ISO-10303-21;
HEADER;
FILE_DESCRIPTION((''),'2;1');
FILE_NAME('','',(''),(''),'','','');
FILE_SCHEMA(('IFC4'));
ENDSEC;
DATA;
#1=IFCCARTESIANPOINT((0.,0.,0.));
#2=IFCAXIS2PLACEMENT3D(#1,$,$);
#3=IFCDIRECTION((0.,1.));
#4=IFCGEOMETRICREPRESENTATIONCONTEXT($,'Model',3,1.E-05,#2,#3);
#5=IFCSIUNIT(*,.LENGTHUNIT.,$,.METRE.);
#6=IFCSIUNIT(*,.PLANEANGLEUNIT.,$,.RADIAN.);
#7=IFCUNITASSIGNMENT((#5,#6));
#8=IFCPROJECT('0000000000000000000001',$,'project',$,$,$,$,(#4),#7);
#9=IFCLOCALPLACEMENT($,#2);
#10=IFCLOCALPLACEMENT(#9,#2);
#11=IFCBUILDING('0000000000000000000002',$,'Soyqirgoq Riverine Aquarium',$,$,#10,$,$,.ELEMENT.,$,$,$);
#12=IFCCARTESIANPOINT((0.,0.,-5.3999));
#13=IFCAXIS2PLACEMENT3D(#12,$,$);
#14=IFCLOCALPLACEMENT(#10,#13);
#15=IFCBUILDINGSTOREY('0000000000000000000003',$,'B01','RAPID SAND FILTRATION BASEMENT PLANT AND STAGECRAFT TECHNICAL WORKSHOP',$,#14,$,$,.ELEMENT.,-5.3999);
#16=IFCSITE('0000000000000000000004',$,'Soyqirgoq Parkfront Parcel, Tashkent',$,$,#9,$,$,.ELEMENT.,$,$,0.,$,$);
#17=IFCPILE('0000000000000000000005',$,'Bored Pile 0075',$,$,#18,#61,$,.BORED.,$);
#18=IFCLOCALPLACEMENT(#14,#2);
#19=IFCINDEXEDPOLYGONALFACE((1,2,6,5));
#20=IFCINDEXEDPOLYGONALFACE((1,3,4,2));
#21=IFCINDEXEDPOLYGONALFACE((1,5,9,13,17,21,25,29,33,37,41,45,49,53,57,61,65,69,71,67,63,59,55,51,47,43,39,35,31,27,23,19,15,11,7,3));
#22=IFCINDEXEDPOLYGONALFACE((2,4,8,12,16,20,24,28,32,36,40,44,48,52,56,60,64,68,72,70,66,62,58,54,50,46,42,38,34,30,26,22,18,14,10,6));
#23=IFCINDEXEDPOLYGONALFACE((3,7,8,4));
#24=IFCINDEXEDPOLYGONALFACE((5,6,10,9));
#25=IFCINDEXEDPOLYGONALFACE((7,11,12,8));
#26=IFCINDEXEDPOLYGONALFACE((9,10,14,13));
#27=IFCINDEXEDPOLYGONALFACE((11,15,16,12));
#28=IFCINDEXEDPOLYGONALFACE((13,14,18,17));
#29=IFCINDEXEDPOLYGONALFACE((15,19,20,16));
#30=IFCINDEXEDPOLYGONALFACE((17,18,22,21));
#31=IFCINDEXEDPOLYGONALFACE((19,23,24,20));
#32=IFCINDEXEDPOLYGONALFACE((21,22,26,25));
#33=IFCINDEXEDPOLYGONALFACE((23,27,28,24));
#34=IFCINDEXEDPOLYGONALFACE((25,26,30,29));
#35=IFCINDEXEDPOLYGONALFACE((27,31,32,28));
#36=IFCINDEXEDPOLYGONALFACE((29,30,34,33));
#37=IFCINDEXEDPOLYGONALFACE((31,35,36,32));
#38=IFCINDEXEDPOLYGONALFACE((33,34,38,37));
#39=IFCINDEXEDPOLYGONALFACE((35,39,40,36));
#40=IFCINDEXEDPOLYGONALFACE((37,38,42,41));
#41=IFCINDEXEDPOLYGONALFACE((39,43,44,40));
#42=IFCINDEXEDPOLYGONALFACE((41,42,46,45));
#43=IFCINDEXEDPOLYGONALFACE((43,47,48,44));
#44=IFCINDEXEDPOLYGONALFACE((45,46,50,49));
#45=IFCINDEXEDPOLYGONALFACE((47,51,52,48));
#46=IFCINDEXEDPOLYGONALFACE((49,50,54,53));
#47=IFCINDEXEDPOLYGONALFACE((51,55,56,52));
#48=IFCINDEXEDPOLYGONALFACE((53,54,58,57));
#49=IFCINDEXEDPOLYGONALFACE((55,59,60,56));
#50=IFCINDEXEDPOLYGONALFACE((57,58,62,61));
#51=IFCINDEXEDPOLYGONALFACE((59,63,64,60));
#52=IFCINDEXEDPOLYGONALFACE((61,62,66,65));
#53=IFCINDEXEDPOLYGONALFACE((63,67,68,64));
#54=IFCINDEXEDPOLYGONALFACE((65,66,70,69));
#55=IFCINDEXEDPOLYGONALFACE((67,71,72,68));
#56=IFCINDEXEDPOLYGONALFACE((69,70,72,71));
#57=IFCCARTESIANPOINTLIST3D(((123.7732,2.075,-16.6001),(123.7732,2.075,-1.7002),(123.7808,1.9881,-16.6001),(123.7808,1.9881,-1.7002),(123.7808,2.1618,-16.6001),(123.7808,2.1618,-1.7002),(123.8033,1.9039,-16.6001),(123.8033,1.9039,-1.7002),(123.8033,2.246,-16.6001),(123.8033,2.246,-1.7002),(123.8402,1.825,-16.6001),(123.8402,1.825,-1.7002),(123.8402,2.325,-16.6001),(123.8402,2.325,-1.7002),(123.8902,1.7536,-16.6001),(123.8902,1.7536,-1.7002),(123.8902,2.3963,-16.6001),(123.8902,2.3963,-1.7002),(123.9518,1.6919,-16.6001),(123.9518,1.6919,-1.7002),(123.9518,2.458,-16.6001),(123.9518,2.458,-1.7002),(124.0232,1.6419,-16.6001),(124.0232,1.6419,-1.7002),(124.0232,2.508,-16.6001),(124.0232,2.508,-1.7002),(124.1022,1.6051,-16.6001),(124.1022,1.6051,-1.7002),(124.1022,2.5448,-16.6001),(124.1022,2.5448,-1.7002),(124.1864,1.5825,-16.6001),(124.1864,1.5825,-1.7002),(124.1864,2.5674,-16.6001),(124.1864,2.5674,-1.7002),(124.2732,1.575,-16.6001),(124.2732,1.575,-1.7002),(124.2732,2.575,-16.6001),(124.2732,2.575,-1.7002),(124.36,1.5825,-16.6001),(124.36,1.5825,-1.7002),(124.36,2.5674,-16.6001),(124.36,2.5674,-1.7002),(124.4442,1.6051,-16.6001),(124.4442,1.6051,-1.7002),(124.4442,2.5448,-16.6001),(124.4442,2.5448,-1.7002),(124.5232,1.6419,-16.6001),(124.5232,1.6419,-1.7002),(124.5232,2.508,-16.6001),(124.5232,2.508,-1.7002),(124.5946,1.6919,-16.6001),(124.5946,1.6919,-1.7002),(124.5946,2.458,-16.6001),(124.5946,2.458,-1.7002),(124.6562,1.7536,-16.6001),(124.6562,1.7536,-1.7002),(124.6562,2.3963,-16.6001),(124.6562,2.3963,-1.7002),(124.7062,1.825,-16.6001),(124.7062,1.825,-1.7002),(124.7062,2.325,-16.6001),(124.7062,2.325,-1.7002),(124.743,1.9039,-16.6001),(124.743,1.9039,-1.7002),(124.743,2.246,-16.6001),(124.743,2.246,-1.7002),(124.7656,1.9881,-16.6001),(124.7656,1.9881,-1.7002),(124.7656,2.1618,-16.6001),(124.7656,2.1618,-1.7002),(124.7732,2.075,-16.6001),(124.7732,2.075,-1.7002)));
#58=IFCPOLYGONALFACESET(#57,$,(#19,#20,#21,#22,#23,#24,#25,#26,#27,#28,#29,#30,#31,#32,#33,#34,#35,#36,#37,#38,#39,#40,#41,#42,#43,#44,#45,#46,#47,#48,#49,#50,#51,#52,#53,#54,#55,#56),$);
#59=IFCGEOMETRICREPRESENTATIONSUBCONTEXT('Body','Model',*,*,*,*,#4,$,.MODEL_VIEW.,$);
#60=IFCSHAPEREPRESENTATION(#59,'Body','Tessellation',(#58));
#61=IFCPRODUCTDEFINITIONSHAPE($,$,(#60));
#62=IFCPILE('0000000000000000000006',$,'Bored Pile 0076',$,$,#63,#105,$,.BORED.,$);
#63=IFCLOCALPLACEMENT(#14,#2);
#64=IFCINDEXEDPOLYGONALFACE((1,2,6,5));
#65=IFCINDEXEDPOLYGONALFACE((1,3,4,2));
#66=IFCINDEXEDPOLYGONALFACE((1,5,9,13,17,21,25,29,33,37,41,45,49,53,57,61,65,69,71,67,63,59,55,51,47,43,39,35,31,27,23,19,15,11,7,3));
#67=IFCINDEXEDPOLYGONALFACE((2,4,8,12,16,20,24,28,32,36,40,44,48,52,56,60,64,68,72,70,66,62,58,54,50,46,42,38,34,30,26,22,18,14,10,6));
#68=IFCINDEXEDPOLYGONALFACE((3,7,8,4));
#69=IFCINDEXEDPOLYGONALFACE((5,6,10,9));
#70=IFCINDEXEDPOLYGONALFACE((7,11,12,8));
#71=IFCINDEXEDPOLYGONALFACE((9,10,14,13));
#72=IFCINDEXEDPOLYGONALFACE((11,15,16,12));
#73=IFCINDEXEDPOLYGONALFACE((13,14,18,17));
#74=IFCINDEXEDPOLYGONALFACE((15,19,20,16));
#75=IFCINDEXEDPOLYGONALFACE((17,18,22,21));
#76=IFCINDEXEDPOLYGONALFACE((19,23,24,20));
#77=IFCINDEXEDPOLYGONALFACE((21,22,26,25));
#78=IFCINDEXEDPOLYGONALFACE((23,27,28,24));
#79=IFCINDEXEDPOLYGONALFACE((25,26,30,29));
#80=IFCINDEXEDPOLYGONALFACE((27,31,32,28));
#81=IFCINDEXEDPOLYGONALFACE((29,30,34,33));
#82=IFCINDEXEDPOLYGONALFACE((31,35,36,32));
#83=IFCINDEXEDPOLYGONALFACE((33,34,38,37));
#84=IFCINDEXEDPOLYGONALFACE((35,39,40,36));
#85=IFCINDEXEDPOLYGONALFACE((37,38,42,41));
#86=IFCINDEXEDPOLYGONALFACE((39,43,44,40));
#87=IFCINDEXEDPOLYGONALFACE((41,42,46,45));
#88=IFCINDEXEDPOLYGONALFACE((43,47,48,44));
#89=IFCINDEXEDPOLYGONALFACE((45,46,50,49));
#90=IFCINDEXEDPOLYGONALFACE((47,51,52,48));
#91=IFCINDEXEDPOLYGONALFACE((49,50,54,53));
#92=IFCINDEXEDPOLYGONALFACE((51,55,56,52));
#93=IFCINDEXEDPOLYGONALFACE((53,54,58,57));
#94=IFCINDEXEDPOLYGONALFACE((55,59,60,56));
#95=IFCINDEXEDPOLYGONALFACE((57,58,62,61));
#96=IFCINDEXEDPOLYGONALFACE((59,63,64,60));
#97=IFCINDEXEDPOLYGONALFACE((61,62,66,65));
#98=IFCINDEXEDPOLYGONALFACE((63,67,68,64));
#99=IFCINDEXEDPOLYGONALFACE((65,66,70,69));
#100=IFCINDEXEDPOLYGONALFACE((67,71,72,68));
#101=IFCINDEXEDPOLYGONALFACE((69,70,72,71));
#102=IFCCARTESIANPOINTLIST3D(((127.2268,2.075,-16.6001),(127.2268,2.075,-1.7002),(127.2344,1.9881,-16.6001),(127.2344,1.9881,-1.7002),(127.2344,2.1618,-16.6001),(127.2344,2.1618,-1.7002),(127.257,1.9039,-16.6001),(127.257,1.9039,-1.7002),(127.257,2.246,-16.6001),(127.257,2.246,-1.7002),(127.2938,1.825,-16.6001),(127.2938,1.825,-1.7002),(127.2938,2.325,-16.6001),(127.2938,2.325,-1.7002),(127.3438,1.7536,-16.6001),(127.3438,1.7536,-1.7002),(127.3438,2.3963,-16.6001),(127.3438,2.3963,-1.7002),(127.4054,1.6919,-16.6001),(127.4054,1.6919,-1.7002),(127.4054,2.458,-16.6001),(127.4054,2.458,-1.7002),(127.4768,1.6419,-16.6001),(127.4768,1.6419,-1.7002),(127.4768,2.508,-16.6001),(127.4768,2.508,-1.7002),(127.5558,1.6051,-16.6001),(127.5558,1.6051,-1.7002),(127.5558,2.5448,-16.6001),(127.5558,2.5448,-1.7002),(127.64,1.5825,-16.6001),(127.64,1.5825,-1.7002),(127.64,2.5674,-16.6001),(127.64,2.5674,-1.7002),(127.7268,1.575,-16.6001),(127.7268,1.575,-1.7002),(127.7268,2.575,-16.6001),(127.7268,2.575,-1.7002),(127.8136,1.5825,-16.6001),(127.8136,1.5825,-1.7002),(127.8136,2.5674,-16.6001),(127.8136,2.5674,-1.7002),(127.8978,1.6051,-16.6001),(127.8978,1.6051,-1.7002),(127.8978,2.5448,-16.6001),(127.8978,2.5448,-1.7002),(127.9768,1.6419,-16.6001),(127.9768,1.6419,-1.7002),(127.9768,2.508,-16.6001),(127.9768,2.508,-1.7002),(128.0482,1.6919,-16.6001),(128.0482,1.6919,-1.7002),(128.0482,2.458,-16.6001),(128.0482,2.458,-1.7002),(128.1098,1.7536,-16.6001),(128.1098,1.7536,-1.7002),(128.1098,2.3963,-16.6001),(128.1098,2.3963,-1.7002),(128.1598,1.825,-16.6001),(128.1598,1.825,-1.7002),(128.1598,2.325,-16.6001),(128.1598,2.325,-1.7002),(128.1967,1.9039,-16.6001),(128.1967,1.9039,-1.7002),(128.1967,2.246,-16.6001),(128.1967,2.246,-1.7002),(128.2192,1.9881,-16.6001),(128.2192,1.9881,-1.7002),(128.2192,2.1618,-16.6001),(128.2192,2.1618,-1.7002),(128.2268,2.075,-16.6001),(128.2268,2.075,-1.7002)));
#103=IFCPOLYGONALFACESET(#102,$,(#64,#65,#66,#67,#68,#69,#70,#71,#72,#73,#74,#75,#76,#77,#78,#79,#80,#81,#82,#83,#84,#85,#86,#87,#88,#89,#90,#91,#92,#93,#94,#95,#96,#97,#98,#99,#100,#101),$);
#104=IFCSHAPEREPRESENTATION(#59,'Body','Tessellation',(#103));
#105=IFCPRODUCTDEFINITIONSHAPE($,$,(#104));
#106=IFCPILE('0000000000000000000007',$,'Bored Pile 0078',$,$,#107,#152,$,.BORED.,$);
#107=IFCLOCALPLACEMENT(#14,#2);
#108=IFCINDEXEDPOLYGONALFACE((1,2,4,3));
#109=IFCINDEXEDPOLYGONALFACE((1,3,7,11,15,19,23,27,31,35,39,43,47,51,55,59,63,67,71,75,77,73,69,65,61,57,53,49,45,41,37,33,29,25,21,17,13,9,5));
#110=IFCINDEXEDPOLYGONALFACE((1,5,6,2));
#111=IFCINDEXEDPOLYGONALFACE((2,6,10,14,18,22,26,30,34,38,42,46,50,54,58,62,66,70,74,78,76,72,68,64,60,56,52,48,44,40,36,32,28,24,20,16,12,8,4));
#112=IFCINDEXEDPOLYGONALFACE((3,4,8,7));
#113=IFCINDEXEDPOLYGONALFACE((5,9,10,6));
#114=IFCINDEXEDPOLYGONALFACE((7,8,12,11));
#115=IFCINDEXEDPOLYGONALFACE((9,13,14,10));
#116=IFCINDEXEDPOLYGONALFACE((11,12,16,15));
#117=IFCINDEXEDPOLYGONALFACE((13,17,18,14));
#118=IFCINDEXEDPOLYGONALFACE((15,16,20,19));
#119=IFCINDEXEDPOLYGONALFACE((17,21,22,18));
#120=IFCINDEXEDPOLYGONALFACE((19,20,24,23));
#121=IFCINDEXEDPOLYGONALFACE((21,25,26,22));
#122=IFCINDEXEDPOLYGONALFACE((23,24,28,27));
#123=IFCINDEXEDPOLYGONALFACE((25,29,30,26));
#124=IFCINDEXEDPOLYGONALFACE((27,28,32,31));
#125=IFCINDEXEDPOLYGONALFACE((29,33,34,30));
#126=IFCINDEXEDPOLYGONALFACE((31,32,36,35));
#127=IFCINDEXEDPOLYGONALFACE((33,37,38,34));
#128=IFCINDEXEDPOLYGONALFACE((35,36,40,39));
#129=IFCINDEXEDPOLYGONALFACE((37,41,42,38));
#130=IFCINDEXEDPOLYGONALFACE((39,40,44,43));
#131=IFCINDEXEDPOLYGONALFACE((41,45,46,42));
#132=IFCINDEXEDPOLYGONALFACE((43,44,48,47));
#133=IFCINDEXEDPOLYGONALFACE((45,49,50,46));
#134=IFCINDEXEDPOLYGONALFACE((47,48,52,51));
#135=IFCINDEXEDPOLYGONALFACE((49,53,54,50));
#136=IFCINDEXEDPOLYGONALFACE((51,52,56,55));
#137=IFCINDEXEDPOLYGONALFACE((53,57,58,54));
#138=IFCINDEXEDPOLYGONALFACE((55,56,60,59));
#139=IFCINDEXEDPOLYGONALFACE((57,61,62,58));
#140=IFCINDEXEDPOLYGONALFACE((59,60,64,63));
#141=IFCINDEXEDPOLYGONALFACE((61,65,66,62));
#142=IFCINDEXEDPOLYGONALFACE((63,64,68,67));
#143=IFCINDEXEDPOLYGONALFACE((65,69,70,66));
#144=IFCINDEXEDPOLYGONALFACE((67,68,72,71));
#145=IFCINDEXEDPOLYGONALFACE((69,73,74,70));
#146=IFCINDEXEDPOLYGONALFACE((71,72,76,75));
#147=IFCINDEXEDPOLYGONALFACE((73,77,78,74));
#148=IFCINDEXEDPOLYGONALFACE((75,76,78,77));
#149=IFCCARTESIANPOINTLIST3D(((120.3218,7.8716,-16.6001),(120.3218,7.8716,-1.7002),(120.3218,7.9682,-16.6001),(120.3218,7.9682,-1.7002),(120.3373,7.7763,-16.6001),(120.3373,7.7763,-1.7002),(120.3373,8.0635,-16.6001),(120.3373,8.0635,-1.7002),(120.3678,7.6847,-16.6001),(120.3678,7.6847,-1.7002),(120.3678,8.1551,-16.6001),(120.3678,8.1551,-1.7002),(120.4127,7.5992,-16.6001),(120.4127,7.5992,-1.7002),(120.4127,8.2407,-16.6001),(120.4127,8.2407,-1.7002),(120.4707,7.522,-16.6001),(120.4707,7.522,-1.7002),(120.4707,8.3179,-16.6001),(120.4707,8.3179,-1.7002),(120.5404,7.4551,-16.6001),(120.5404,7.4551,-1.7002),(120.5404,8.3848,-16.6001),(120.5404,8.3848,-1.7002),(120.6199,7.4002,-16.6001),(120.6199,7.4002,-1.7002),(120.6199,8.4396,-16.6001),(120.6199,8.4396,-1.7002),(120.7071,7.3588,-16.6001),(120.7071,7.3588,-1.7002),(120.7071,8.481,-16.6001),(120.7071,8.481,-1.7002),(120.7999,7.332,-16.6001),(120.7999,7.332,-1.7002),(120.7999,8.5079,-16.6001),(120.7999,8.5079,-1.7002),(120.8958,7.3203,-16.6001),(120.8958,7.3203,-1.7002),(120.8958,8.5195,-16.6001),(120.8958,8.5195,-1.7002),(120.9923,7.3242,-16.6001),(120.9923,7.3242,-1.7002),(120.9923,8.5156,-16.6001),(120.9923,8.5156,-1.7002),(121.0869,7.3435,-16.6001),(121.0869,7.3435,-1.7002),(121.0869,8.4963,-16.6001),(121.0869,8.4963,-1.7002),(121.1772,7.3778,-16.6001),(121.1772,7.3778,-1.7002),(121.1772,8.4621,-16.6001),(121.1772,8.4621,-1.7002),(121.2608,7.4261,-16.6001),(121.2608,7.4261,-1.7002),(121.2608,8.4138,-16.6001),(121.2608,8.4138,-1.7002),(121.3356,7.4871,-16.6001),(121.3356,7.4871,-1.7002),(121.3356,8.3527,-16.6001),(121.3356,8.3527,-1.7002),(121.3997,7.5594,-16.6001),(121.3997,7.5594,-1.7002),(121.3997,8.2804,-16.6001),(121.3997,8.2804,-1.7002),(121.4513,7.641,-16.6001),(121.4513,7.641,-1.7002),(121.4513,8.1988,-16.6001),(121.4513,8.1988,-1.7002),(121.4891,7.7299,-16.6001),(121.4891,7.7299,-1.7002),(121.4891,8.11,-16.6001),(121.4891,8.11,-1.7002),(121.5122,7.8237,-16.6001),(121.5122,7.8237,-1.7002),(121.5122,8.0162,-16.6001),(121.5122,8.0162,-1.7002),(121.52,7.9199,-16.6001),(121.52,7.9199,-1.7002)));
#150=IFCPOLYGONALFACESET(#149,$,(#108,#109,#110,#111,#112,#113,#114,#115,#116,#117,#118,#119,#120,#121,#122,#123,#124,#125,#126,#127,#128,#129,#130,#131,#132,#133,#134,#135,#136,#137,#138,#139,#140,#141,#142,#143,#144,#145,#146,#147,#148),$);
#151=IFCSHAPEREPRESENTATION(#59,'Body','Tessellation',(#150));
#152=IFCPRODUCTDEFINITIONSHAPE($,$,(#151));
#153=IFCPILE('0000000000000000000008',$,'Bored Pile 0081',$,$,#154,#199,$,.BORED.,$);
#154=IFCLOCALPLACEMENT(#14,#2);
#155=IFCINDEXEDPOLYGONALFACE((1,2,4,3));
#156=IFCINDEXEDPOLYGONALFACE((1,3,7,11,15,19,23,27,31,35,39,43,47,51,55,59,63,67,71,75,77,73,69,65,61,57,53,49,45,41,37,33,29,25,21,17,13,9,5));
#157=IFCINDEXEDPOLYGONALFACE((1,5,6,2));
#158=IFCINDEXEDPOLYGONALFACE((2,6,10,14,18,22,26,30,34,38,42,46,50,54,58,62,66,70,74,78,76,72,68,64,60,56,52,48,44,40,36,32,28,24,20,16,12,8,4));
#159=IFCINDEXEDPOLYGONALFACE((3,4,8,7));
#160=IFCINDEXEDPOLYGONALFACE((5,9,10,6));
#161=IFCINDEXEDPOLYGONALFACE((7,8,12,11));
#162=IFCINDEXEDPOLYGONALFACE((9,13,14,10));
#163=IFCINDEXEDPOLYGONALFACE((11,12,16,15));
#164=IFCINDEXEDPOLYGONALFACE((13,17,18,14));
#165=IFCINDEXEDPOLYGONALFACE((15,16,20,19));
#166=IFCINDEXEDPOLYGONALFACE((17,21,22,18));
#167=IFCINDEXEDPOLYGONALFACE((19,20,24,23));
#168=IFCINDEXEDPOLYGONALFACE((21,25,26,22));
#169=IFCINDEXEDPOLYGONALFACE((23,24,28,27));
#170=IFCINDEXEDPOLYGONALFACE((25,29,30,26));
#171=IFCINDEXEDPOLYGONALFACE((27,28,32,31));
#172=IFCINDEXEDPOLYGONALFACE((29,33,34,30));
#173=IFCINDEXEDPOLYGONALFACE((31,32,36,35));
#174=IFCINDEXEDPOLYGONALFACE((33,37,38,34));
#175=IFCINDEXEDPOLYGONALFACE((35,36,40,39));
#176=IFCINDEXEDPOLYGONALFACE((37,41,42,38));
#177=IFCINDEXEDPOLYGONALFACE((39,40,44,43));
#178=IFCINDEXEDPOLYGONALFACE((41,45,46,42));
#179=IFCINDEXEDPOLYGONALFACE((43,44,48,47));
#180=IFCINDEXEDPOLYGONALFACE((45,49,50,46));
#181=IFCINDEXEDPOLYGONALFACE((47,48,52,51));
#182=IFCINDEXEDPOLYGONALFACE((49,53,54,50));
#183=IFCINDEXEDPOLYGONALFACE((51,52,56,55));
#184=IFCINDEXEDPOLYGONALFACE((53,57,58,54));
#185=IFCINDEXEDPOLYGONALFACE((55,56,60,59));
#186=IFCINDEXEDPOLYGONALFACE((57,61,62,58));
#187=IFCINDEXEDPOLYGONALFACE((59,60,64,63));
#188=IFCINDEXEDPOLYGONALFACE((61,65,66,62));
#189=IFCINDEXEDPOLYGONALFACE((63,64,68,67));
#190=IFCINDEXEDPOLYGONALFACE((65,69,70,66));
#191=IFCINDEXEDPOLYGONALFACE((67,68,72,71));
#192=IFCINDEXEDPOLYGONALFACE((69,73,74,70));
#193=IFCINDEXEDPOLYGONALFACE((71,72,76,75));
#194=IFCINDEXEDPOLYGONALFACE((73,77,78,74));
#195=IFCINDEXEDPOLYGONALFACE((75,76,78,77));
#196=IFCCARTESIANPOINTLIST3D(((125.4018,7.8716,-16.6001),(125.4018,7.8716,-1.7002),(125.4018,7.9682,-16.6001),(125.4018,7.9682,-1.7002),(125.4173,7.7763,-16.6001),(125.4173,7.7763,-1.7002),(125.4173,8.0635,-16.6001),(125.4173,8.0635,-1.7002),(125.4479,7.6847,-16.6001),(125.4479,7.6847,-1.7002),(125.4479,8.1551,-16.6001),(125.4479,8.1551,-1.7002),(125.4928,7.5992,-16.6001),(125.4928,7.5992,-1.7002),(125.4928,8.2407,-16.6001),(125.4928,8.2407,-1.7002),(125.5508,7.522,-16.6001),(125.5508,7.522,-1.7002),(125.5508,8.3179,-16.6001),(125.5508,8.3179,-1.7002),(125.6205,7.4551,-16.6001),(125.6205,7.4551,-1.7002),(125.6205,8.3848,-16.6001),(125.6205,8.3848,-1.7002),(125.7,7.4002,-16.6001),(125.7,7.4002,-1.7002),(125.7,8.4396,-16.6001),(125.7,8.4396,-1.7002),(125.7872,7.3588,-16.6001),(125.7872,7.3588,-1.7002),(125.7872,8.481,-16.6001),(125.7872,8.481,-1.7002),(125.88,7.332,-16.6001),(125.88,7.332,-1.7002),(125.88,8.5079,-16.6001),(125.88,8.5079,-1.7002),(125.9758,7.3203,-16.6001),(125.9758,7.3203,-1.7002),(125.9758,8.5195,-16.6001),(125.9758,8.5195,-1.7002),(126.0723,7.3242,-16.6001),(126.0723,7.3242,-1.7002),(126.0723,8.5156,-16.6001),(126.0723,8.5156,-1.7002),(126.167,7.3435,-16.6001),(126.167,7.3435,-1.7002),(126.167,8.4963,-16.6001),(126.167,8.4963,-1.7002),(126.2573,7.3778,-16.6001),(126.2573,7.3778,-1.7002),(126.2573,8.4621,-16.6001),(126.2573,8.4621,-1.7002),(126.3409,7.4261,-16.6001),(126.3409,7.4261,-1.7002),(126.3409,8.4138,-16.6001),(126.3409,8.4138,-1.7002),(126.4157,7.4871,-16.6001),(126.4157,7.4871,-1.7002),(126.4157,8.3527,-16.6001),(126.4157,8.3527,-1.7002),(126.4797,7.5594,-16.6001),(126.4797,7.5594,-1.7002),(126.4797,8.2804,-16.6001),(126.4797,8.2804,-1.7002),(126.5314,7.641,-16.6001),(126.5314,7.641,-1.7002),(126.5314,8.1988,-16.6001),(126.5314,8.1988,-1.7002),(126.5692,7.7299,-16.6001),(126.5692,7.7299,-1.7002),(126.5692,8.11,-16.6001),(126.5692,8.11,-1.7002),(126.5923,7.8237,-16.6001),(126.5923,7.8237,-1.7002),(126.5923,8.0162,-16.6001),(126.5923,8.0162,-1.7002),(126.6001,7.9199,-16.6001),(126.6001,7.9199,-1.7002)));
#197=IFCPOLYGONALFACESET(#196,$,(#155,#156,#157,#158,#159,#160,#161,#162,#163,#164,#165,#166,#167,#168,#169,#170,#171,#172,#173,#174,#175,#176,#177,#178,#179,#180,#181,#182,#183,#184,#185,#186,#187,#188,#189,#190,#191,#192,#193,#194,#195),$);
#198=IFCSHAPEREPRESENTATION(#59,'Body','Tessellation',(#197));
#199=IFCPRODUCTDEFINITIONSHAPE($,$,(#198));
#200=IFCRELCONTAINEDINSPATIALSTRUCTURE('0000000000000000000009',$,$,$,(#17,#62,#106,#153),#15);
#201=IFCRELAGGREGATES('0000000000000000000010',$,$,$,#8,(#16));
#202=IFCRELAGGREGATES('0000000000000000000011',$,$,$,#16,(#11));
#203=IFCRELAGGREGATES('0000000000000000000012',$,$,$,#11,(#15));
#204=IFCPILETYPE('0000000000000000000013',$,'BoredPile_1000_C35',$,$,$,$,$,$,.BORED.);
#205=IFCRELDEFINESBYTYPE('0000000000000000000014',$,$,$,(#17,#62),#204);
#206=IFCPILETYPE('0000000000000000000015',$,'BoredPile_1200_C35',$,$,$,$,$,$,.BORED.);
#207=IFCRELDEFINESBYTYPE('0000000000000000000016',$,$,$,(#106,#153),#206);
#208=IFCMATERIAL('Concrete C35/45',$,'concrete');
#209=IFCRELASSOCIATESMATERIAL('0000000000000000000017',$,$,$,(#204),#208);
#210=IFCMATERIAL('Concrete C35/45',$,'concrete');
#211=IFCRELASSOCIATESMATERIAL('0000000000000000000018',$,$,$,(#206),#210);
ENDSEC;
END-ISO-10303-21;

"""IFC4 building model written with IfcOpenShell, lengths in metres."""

from ifc_helpers import new_model, si_unit, direction, frame, origin, origin_2d, place, context, subcontext, project, spatial, circle, extrude, material, material_profile, profile_set, type_object, element, save


model = new_model("IFC4")

# Units and contexts
model_context = context("Model", 3, precision=1e-05, world=origin(), true_north=direction((0.0, 1.0)))
body_context = subcontext(model_context, "Body", "Model", "MODEL_VIEW")
ifc_project = project(units=[si_unit("LENGTHUNIT", "METRE"), si_unit("PLANEANGLEUNIT", "RADIAN")], contexts=[model_context])

# Site, building, storey
site_placement = place(None, origin())
site = spatial("IfcSite", under=ifc_project, at=site_placement, Name="Soyqirgoq Parkfront Parcel, Tashkent", CompositionType="ELEMENT", RefElevation=0.0)
building_placement = place(site_placement, origin())
building = spatial("IfcBuilding", under=site, at=building_placement, Name="Soyqirgoq Riverine Aquarium", CompositionType="ELEMENT")
storey_placement = place(building_placement, frame((0.0, 0.0, -5.3999)))
storey = spatial("IfcBuildingStorey", under=building, at=storey_placement, Name="B01", Description="RAPID SAND FILTRATION BASEMENT PLANT AND STAGECRAFT TECHNICAL WORKSHOP", CompositionType="ELEMENT", Elevation=-5.3999)

# Piles
ifc_material_1 = material(Name="Concrete C35/45", Category="concrete")
ifc_material_profile_1 = material_profile(ifc_material_1, circle(Radius=0.5, at=origin_2d()), Name="BP D1000")
ifc_profile_set_1 = profile_set([ifc_material_profile_1], Name="Concrete C35/45")
pile_type_1 = type_object("IfcPileType", Name="BoredPile_1000_C35", PredefinedType="BORED", material=ifc_profile_set_1)
for number, where, z_axis, x_axis, name in (
    (1, (124.2732, 2.075, -1.7002), (0.0, 0.0, -1.0), (1.0, 0.0, 0.0), "Bored Pile 0075"),
    (2, (127.7268, 2.075, -1.7002), (0.0, 0.0, -1.0), (1.0, 0.0, 0.0), "Bored Pile 0076"),
):
    element("IfcPile", number, at=place(storey_placement, frame(where, z_axis=z_axis, x_axis=x_axis)), inside=storey, type_object=pile_type_1, Name=name, PredefinedType="BORED", context=body_context, shape_type="SweptSolid", body=[
        extrude(circle(Radius=0.5, at=origin_2d()), origin(), (0.0, 0.0, 1.0), 14.8999),
    ])
ifc_material_2 = material(Name="Concrete C35/45", Category="concrete")
ifc_material_profile_2 = material_profile(ifc_material_2, circle(Radius=0.6001, at=origin_2d()), Name="BP D1200")
ifc_profile_set_2 = profile_set([ifc_material_profile_2], Name="Concrete C35/45")
pile_type_2 = type_object("IfcPileType", Name="BoredPile_1200_C35", PredefinedType="BORED", material=ifc_profile_set_2)
for number, where, z_axis, x_axis, name in (
    (3, (120.9199, 7.9199, -1.7002), (0.0, 0.0, -1.0), (1.0, 0.0, 0.0), "Bored Pile 0078"),
    (4, (126.0, 7.9199, -1.7002), (0.0, 0.0, -1.0), (1.0, 0.0, 0.0), "Bored Pile 0081"),
):
    element("IfcPile", number, at=place(storey_placement, frame(where, z_axis=z_axis, x_axis=x_axis)), inside=storey, type_object=pile_type_2, Name=name, PredefinedType="BORED", context=body_context, shape_type="SweptSolid", body=[
        extrude(circle(Radius=0.6001, at=origin_2d()), origin(), (0.0, 0.0, 1.0), 14.8999),
    ])

save(model, "model.ifc")
